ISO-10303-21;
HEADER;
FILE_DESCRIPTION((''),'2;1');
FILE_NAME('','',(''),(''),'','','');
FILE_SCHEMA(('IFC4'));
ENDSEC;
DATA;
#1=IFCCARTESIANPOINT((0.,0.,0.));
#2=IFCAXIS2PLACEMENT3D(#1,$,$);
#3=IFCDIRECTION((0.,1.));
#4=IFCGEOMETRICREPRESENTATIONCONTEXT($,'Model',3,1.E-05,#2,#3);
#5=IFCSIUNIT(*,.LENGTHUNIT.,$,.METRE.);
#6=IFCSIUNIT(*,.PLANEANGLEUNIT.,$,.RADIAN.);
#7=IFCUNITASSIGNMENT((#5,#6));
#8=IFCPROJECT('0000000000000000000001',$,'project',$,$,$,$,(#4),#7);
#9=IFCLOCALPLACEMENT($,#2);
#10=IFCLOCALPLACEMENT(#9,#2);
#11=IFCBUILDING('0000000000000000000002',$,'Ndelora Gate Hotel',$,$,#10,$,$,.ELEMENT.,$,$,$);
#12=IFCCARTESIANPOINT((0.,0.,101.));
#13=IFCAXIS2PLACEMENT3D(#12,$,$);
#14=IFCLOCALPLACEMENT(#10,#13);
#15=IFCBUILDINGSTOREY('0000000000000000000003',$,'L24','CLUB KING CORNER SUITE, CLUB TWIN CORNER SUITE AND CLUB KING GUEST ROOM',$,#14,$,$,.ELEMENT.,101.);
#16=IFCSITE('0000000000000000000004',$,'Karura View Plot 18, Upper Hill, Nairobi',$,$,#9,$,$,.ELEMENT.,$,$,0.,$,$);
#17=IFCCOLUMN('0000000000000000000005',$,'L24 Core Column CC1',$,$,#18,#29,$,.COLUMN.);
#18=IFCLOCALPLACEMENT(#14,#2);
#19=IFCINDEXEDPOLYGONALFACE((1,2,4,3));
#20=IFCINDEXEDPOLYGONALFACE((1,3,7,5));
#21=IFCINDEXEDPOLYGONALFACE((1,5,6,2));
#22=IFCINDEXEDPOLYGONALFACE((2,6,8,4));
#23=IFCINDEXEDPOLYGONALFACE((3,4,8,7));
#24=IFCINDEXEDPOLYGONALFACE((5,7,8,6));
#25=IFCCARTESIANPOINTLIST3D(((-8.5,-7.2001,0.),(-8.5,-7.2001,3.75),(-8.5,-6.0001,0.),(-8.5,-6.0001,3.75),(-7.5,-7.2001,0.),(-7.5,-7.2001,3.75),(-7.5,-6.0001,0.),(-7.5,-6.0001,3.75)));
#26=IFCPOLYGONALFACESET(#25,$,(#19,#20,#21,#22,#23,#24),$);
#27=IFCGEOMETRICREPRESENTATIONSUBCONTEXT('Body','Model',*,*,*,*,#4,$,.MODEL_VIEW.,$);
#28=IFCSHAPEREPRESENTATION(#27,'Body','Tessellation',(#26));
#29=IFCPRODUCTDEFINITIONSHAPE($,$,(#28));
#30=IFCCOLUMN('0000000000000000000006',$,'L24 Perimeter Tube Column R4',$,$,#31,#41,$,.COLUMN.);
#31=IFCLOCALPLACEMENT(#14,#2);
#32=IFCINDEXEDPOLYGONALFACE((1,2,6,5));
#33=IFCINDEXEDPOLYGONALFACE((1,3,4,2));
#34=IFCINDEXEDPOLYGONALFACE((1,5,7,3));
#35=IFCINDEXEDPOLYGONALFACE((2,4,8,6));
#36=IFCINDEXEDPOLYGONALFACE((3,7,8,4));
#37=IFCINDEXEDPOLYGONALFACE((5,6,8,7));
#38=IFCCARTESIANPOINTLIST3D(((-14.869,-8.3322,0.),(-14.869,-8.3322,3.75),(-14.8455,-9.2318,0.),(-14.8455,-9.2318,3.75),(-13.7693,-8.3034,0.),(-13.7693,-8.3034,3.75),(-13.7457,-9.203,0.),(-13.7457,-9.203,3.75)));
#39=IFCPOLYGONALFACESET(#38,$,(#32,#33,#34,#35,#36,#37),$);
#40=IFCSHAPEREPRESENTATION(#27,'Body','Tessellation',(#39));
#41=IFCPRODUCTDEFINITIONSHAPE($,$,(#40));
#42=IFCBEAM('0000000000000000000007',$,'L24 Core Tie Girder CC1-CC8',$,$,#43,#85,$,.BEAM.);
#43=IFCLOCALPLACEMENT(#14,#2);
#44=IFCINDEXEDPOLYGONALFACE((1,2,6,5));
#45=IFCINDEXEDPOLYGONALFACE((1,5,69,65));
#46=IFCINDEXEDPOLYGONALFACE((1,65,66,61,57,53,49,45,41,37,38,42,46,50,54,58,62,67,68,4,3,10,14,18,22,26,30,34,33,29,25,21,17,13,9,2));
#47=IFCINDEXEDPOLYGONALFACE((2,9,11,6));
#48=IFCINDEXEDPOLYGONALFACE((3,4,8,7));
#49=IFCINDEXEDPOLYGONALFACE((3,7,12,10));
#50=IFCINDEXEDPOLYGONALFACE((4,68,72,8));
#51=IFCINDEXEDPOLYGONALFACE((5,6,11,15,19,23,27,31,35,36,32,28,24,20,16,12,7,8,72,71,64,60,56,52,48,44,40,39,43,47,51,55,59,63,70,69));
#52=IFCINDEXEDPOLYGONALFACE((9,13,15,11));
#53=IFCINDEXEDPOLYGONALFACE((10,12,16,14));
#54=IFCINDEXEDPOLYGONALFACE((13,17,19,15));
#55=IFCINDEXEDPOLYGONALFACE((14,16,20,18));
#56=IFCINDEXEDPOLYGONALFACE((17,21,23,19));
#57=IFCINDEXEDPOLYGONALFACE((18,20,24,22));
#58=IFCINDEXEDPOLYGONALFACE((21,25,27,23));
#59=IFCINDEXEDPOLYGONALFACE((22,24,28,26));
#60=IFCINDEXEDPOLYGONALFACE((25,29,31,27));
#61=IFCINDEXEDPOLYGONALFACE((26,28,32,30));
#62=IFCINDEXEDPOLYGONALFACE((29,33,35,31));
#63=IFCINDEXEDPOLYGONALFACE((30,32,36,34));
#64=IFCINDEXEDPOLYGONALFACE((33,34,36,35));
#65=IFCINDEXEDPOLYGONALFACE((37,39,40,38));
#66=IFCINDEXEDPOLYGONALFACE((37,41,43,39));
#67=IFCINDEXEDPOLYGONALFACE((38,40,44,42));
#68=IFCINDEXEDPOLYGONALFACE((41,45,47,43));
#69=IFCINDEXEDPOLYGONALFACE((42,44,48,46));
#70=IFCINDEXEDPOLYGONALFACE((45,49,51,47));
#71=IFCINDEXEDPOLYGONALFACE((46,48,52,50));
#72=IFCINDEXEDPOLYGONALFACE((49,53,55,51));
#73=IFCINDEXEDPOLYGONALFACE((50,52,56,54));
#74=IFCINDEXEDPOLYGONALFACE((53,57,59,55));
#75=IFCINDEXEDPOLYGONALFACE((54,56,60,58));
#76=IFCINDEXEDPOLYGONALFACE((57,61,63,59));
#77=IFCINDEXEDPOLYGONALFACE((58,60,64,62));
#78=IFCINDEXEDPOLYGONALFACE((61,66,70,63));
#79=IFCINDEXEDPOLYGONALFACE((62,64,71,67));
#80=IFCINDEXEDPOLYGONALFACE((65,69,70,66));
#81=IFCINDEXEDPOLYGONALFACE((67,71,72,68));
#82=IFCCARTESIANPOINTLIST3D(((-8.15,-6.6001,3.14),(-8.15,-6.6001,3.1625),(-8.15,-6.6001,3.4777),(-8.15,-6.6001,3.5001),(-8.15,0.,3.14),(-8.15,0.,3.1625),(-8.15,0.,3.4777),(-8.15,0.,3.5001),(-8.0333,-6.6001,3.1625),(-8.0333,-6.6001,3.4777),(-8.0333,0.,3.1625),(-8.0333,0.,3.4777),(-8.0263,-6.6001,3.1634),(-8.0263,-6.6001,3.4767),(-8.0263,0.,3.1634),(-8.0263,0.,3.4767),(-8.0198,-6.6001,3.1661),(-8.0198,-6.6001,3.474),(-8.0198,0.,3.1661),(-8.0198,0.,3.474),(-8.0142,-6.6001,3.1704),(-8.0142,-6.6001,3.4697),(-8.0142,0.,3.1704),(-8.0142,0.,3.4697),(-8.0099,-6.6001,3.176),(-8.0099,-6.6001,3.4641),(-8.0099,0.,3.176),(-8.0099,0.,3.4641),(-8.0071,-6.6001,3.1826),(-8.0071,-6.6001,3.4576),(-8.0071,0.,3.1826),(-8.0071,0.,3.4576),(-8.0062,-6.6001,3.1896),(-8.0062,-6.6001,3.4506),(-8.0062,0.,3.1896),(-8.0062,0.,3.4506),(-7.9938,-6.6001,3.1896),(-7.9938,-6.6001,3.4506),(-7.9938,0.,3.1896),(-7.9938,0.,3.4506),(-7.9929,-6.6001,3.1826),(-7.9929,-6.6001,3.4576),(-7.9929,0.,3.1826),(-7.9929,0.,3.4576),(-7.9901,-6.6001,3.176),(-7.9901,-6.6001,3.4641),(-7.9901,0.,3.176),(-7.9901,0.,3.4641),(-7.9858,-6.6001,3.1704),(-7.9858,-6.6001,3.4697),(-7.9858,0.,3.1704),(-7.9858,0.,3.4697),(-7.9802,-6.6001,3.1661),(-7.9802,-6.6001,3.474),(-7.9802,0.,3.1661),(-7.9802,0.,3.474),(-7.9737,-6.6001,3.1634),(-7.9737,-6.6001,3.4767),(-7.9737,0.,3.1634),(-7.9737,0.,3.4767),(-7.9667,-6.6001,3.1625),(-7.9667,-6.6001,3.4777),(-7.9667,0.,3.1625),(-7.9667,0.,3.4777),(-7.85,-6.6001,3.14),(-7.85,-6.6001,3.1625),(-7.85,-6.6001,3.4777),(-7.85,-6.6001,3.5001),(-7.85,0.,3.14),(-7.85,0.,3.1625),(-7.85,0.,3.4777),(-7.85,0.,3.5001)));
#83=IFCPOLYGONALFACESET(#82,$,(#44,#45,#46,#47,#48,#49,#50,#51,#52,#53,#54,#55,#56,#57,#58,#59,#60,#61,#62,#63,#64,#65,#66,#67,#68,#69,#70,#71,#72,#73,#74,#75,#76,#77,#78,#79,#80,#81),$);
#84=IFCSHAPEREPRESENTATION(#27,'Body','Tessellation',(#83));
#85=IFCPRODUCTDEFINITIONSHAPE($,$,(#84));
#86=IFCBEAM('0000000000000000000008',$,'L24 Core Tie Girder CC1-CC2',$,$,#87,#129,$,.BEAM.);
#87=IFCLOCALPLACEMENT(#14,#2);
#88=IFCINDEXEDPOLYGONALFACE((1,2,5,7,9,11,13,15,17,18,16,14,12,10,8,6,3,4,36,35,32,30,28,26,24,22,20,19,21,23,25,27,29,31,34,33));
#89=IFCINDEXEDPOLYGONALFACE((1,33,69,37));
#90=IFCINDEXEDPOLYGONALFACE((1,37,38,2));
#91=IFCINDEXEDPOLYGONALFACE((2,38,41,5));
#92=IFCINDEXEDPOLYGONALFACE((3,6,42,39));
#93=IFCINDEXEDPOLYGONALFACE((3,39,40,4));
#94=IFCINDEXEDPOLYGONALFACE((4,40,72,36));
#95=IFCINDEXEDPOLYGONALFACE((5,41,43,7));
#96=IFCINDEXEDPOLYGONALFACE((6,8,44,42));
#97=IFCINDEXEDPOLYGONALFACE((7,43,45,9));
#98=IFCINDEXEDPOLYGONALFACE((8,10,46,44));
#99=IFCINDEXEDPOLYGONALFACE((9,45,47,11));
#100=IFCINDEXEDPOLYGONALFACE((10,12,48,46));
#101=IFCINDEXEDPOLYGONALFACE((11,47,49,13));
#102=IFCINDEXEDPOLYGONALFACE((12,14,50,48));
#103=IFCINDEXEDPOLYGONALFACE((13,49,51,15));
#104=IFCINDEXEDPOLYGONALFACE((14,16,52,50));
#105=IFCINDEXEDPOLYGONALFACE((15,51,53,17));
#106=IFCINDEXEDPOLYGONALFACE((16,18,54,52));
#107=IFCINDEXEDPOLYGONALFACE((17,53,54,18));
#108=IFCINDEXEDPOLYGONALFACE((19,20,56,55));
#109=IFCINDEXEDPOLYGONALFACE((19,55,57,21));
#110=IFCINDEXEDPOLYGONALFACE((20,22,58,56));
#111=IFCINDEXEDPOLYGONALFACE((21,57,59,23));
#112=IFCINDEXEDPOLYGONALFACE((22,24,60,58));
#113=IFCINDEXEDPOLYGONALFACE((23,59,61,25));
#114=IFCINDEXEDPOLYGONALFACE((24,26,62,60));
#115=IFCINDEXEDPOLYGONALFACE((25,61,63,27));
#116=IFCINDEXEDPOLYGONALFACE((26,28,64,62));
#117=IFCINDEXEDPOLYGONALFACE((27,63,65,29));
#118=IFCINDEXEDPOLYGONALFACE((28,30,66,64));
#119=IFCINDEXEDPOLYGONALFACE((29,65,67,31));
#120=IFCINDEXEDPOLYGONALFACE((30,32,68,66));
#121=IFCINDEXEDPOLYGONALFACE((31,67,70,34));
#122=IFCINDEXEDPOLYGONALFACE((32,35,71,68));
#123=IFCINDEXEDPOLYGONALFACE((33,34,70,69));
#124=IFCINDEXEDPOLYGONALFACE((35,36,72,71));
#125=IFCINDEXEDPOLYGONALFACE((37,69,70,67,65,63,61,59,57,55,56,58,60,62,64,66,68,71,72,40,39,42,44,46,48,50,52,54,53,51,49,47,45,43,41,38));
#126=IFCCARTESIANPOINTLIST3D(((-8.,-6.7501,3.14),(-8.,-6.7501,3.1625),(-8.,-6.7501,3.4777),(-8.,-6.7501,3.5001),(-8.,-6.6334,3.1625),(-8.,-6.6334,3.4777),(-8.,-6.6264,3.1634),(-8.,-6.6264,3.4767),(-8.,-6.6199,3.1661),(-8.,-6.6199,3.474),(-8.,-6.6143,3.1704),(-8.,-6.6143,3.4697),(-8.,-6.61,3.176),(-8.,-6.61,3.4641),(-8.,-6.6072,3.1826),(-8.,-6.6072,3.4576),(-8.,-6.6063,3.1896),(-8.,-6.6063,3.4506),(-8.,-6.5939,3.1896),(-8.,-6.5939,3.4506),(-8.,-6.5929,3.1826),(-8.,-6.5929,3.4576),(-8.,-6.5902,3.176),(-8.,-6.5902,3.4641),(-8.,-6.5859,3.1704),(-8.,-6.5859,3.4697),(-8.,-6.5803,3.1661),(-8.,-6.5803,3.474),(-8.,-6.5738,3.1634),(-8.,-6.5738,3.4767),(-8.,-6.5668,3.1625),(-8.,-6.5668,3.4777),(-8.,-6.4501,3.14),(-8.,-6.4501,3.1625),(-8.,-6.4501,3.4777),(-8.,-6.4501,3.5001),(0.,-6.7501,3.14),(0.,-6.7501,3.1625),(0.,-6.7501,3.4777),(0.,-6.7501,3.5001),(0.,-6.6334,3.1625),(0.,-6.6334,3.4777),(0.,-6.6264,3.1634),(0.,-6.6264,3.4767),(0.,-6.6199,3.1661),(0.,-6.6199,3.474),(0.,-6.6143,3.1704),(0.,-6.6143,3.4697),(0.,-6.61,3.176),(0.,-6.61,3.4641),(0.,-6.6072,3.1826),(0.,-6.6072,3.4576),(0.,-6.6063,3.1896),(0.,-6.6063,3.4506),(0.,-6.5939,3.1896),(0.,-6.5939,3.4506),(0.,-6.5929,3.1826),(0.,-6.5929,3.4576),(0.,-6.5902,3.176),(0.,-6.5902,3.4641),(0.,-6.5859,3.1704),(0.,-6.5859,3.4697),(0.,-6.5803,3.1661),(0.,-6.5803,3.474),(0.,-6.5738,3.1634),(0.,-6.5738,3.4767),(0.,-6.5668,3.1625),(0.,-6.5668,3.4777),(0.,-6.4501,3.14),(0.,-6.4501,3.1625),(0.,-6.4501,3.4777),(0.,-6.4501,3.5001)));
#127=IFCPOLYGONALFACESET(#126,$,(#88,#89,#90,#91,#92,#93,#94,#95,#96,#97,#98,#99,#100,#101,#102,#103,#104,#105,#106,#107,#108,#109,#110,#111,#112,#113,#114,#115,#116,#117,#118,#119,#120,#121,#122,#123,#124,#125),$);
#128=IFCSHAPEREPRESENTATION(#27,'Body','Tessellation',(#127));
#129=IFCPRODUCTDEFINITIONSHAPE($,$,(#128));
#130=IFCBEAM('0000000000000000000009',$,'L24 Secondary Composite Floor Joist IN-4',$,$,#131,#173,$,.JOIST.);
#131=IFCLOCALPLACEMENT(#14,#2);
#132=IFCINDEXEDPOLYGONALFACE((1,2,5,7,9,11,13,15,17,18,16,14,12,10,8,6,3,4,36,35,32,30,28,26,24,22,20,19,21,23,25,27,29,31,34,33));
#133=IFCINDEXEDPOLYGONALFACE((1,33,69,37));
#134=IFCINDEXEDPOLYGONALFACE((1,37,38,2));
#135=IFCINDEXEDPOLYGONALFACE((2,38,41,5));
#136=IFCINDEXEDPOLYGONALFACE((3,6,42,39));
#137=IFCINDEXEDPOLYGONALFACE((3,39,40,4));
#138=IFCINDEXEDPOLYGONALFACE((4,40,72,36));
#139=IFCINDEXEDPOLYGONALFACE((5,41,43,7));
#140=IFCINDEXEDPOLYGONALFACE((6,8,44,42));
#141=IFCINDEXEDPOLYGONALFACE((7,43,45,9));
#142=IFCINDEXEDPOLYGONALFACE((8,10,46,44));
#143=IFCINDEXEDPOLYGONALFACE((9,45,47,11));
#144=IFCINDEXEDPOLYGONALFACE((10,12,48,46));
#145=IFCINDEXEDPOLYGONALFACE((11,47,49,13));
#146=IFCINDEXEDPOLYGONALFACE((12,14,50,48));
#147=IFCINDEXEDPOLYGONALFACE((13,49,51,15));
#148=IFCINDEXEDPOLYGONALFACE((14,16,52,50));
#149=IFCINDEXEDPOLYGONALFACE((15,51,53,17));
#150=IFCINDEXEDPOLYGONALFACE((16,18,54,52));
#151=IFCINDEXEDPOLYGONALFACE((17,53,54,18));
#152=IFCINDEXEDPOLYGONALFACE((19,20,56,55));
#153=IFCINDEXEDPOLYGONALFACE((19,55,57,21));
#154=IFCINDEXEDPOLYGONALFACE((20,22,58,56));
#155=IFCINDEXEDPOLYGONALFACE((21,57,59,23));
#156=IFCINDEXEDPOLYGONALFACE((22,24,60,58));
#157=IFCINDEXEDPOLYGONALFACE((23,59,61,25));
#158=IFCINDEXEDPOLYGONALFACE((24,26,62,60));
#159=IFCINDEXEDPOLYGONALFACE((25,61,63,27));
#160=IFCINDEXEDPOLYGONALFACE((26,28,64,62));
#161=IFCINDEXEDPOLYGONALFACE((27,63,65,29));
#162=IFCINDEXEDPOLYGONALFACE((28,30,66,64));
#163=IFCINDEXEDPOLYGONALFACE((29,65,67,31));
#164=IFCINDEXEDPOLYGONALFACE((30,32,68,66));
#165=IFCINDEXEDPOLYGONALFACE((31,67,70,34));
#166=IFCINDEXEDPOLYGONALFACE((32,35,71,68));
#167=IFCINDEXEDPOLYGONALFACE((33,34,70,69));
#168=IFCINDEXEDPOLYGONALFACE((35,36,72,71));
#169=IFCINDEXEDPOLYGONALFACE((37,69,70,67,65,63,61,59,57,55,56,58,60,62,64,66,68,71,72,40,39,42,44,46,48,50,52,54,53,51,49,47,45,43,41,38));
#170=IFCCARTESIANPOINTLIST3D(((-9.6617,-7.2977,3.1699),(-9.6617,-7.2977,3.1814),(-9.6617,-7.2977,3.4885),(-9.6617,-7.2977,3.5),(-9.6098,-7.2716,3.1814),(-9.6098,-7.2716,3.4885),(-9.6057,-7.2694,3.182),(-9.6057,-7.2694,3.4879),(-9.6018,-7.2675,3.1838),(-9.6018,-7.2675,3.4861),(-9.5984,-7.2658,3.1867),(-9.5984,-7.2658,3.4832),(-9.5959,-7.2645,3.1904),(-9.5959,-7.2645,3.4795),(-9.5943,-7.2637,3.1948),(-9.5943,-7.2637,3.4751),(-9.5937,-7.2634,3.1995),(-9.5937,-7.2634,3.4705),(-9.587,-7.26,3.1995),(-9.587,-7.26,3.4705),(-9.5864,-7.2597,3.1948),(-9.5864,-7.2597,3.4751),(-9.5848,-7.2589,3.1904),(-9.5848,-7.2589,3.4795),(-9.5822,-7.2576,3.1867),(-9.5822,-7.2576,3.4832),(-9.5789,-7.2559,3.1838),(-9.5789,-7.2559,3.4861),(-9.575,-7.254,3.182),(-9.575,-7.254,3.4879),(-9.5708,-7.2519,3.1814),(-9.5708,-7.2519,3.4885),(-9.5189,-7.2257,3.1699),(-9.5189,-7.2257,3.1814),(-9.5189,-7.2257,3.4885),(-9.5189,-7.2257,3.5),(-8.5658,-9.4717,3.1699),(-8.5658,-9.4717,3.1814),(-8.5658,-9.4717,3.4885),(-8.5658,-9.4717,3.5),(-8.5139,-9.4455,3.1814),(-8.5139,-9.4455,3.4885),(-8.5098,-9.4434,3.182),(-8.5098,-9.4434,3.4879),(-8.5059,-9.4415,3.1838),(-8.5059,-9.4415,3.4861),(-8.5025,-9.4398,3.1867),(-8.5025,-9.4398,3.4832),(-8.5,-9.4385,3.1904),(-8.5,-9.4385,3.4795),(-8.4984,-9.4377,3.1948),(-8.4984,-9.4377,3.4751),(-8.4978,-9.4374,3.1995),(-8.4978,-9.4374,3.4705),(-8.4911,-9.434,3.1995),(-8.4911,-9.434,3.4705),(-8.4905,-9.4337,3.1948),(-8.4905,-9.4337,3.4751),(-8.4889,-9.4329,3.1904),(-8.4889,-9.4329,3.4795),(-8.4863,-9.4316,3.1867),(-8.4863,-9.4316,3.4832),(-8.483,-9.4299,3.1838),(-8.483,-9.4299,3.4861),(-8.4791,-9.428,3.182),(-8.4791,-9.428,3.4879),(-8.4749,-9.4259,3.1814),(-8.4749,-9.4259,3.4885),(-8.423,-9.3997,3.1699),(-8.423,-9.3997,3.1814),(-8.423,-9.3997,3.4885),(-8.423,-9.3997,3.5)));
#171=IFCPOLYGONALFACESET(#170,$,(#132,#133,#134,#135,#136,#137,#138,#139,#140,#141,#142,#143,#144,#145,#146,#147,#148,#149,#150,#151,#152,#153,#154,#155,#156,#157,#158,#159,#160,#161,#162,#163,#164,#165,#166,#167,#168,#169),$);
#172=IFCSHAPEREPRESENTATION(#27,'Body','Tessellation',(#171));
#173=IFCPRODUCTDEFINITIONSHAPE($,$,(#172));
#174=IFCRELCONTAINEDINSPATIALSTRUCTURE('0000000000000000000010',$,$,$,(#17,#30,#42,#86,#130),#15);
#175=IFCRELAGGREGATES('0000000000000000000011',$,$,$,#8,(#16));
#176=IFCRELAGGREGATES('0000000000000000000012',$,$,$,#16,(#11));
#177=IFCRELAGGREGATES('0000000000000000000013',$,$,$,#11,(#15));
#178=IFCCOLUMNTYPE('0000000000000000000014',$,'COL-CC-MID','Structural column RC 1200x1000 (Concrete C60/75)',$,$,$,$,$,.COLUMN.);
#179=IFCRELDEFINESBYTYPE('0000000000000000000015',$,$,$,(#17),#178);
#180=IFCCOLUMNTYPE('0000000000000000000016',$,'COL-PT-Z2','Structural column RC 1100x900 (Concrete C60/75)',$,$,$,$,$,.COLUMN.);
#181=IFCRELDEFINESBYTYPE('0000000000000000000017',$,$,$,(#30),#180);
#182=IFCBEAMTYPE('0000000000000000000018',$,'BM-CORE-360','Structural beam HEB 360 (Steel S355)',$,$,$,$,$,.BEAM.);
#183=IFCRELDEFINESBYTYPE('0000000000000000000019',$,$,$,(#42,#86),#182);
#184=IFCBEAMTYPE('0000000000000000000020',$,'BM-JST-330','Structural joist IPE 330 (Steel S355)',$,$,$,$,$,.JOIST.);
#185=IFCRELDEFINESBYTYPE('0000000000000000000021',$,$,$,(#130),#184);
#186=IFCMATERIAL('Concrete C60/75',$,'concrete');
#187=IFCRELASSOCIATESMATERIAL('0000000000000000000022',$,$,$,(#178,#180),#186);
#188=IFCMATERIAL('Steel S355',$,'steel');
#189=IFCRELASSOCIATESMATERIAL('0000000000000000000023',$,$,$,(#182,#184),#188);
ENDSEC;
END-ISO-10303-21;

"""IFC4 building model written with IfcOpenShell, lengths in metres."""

from ifc_helpers import new_model, si_unit, direction, frame, origin, origin_2d, place, context, subcontext, project, spatial, rectangle, i_section, extrude, material, material_profile, profile_set, type_object, element, save


model = new_model("IFC4")

# Units and contexts
model_context = context("Model", 3, precision=1e-05, world=origin(), true_north=direction((0.0, 1.0)))
body_context = subcontext(model_context, "Body", "Model", "MODEL_VIEW")
ifc_project = project(units=[si_unit("LENGTHUNIT", "METRE"), si_unit("PLANEANGLEUNIT", "RADIAN")], contexts=[model_context])

# Site, building, storey
site_placement = place(None, origin())
site = spatial("IfcSite", under=ifc_project, at=site_placement, Name="Karura View Plot 18, Upper Hill, Nairobi", CompositionType="ELEMENT", RefElevation=0.0)
building_placement = place(site_placement, origin())
building = spatial("IfcBuilding", under=site, at=building_placement, Name="Ndelora Gate Hotel", CompositionType="ELEMENT")
storey_placement = place(building_placement, frame((0.0, 0.0, 101.0)))
storey = spatial("IfcBuildingStorey", under=building, at=storey_placement, Name="L24", Description="CLUB KING CORNER SUITE, CLUB TWIN CORNER SUITE AND CLUB KING GUEST ROOM", CompositionType="ELEMENT", Elevation=101.0)

# Columns
ifc_material_1 = material(Name="Concrete C60/75", Category="concrete")
ifc_material_profile_1 = material_profile(ifc_material_1, rectangle(XDim=1.0, YDim=1.2, at=origin_2d()), Name="RC 1200x1000")
ifc_profile_set_1 = profile_set([ifc_material_profile_1], Name="Concrete C60/75")
column_type_1 = type_object("IfcColumnType", Name="COL-CC-MID", Description="Structural column RC 1200x1000 (Concrete C60/75)", PredefinedType="COLUMN", material=ifc_profile_set_1)
column_1_placement = place(storey_placement, frame((-8.0, -6.6001, 0.0), z_axis=(0.0, 0.0, 1.0), x_axis=(1.0, 0.0, 0.0)))
element("IfcColumn", 1, at=column_1_placement, inside=storey, type_object=column_type_1, Name="L24 Core Column CC1", PredefinedType="COLUMN", context=body_context, shape_type="SweptSolid", body=[
    extrude(rectangle(XDim=1.0, YDim=1.2, at=origin_2d()), origin(), (0.0, 0.0, 1.0), 3.75),
])
ifc_material_profile_2 = material_profile(ifc_material_1, rectangle(XDim=0.8999, YDim=1.1001, at=origin_2d()), Name="RC 1100x900")
ifc_profile_set_2 = profile_set([ifc_material_profile_2], Name="Concrete C60/75")
column_type_2 = type_object("IfcColumnType", Name="COL-PT-Z2", Description="Structural column RC 1100x900 (Concrete C60/75)", PredefinedType="COLUMN", material=ifc_profile_set_2)
column_2_placement = place(storey_placement, frame((-14.3074, -8.7676, 0.0), z_axis=(0.0, 0.0, 1.0), x_axis=(-0.026177, 0.999657, 0.0)))
element("IfcColumn", 2, at=column_2_placement, inside=storey, type_object=column_type_2, Name="L24 Perimeter Tube Column R4", PredefinedType="COLUMN", context=body_context, shape_type="SweptSolid", body=[
    extrude(rectangle(XDim=0.8999, YDim=1.1001, at=origin_2d()), origin(), (0.0, 0.0, 1.0), 3.75),
])

# Beams
ifc_material_2 = material(Name="Steel S355", Category="steel")
ifc_material_profile_3 = material_profile(ifc_material_2, i_section(OverallWidth=0.3, OverallDepth=0.3601, WebThickness=0.0125, FlangeThickness=0.0225, FilletRadius=0.0271, at=origin_2d()), Name="HEB 360")
ifc_profile_set_3 = profile_set([ifc_material_profile_3], Name="Steel S355")
beam_type_1 = type_object("IfcBeamType", Name="BM-CORE-360", Description="Structural beam HEB 360 (Steel S355)", PredefinedType="BEAM", material=ifc_profile_set_3)
beam_1_placement = place(storey_placement, frame((-8.0, -6.6001, 3.3201), z_axis=(0.0, 1.0, 0.0), x_axis=(-1.0, 0.0, 0.0)))
element("IfcBeam", 3, at=beam_1_placement, inside=storey, type_object=beam_type_1, Name="L24 Core Tie Girder CC1-CC8", PredefinedType="BEAM", context=body_context, shape_type="SweptSolid", body=[
    extrude(i_section(OverallWidth=0.3, OverallDepth=0.3601, WebThickness=0.0125, FlangeThickness=0.0225, FilletRadius=0.0271, at=origin_2d()), origin(), (0.0, 0.0, 1.0), 6.6001),
])
beam_2_placement = place(storey_placement, frame((-8.0, -6.6001, 3.3201), z_axis=(1.0, 0.0, 0.0), x_axis=(0.0, 1.0, 0.0)))
element("IfcBeam", 4, at=beam_2_placement, inside=storey, type_object=beam_type_1, Name="L24 Core Tie Girder CC1-CC2", PredefinedType="BEAM", context=body_context, shape_type="SweptSolid", body=[
    extrude(i_section(OverallWidth=0.3, OverallDepth=0.3601, WebThickness=0.0125, FlangeThickness=0.0225, FilletRadius=0.0271, at=origin_2d()), origin(), (0.0, 0.0, 1.0), 8.0),
])
ifc_material_profile_4 = material_profile(ifc_material_2, i_section(OverallWidth=0.1599, OverallDepth=0.3301, WebThickness=0.0076, FlangeThickness=0.0115, FilletRadius=0.0181, at=origin_2d()), Name="IPE 330")
ifc_profile_set_4 = profile_set([ifc_material_profile_4], Name="Steel S355")
beam_type_2 = type_object("IfcBeamType", Name="BM-JST-330", Description="Structural joist IPE 330 (Steel S355)", PredefinedType="JOIST", material=ifc_profile_set_4)
beam_3_placement = place(storey_placement, frame((-9.5903, -7.2617, 3.335), z_axis=(0.450139, -0.892958, 0.0), x_axis=(0.892958, 0.450139, 0.0)))
element("IfcBeam", 5, at=beam_3_placement, inside=storey, type_object=beam_type_2, Name="L24 Secondary Composite Floor Joist IN-4", PredefinedType="JOIST", context=body_context, shape_type="SweptSolid", body=[
    extrude(i_section(OverallWidth=0.1599, OverallDepth=0.3301, WebThickness=0.0076, FlangeThickness=0.0115, FilletRadius=0.0181, at=origin_2d()), origin(), (0.0, 0.0, 1.0), 2.4346),
])

save(model, "model.ifc")
